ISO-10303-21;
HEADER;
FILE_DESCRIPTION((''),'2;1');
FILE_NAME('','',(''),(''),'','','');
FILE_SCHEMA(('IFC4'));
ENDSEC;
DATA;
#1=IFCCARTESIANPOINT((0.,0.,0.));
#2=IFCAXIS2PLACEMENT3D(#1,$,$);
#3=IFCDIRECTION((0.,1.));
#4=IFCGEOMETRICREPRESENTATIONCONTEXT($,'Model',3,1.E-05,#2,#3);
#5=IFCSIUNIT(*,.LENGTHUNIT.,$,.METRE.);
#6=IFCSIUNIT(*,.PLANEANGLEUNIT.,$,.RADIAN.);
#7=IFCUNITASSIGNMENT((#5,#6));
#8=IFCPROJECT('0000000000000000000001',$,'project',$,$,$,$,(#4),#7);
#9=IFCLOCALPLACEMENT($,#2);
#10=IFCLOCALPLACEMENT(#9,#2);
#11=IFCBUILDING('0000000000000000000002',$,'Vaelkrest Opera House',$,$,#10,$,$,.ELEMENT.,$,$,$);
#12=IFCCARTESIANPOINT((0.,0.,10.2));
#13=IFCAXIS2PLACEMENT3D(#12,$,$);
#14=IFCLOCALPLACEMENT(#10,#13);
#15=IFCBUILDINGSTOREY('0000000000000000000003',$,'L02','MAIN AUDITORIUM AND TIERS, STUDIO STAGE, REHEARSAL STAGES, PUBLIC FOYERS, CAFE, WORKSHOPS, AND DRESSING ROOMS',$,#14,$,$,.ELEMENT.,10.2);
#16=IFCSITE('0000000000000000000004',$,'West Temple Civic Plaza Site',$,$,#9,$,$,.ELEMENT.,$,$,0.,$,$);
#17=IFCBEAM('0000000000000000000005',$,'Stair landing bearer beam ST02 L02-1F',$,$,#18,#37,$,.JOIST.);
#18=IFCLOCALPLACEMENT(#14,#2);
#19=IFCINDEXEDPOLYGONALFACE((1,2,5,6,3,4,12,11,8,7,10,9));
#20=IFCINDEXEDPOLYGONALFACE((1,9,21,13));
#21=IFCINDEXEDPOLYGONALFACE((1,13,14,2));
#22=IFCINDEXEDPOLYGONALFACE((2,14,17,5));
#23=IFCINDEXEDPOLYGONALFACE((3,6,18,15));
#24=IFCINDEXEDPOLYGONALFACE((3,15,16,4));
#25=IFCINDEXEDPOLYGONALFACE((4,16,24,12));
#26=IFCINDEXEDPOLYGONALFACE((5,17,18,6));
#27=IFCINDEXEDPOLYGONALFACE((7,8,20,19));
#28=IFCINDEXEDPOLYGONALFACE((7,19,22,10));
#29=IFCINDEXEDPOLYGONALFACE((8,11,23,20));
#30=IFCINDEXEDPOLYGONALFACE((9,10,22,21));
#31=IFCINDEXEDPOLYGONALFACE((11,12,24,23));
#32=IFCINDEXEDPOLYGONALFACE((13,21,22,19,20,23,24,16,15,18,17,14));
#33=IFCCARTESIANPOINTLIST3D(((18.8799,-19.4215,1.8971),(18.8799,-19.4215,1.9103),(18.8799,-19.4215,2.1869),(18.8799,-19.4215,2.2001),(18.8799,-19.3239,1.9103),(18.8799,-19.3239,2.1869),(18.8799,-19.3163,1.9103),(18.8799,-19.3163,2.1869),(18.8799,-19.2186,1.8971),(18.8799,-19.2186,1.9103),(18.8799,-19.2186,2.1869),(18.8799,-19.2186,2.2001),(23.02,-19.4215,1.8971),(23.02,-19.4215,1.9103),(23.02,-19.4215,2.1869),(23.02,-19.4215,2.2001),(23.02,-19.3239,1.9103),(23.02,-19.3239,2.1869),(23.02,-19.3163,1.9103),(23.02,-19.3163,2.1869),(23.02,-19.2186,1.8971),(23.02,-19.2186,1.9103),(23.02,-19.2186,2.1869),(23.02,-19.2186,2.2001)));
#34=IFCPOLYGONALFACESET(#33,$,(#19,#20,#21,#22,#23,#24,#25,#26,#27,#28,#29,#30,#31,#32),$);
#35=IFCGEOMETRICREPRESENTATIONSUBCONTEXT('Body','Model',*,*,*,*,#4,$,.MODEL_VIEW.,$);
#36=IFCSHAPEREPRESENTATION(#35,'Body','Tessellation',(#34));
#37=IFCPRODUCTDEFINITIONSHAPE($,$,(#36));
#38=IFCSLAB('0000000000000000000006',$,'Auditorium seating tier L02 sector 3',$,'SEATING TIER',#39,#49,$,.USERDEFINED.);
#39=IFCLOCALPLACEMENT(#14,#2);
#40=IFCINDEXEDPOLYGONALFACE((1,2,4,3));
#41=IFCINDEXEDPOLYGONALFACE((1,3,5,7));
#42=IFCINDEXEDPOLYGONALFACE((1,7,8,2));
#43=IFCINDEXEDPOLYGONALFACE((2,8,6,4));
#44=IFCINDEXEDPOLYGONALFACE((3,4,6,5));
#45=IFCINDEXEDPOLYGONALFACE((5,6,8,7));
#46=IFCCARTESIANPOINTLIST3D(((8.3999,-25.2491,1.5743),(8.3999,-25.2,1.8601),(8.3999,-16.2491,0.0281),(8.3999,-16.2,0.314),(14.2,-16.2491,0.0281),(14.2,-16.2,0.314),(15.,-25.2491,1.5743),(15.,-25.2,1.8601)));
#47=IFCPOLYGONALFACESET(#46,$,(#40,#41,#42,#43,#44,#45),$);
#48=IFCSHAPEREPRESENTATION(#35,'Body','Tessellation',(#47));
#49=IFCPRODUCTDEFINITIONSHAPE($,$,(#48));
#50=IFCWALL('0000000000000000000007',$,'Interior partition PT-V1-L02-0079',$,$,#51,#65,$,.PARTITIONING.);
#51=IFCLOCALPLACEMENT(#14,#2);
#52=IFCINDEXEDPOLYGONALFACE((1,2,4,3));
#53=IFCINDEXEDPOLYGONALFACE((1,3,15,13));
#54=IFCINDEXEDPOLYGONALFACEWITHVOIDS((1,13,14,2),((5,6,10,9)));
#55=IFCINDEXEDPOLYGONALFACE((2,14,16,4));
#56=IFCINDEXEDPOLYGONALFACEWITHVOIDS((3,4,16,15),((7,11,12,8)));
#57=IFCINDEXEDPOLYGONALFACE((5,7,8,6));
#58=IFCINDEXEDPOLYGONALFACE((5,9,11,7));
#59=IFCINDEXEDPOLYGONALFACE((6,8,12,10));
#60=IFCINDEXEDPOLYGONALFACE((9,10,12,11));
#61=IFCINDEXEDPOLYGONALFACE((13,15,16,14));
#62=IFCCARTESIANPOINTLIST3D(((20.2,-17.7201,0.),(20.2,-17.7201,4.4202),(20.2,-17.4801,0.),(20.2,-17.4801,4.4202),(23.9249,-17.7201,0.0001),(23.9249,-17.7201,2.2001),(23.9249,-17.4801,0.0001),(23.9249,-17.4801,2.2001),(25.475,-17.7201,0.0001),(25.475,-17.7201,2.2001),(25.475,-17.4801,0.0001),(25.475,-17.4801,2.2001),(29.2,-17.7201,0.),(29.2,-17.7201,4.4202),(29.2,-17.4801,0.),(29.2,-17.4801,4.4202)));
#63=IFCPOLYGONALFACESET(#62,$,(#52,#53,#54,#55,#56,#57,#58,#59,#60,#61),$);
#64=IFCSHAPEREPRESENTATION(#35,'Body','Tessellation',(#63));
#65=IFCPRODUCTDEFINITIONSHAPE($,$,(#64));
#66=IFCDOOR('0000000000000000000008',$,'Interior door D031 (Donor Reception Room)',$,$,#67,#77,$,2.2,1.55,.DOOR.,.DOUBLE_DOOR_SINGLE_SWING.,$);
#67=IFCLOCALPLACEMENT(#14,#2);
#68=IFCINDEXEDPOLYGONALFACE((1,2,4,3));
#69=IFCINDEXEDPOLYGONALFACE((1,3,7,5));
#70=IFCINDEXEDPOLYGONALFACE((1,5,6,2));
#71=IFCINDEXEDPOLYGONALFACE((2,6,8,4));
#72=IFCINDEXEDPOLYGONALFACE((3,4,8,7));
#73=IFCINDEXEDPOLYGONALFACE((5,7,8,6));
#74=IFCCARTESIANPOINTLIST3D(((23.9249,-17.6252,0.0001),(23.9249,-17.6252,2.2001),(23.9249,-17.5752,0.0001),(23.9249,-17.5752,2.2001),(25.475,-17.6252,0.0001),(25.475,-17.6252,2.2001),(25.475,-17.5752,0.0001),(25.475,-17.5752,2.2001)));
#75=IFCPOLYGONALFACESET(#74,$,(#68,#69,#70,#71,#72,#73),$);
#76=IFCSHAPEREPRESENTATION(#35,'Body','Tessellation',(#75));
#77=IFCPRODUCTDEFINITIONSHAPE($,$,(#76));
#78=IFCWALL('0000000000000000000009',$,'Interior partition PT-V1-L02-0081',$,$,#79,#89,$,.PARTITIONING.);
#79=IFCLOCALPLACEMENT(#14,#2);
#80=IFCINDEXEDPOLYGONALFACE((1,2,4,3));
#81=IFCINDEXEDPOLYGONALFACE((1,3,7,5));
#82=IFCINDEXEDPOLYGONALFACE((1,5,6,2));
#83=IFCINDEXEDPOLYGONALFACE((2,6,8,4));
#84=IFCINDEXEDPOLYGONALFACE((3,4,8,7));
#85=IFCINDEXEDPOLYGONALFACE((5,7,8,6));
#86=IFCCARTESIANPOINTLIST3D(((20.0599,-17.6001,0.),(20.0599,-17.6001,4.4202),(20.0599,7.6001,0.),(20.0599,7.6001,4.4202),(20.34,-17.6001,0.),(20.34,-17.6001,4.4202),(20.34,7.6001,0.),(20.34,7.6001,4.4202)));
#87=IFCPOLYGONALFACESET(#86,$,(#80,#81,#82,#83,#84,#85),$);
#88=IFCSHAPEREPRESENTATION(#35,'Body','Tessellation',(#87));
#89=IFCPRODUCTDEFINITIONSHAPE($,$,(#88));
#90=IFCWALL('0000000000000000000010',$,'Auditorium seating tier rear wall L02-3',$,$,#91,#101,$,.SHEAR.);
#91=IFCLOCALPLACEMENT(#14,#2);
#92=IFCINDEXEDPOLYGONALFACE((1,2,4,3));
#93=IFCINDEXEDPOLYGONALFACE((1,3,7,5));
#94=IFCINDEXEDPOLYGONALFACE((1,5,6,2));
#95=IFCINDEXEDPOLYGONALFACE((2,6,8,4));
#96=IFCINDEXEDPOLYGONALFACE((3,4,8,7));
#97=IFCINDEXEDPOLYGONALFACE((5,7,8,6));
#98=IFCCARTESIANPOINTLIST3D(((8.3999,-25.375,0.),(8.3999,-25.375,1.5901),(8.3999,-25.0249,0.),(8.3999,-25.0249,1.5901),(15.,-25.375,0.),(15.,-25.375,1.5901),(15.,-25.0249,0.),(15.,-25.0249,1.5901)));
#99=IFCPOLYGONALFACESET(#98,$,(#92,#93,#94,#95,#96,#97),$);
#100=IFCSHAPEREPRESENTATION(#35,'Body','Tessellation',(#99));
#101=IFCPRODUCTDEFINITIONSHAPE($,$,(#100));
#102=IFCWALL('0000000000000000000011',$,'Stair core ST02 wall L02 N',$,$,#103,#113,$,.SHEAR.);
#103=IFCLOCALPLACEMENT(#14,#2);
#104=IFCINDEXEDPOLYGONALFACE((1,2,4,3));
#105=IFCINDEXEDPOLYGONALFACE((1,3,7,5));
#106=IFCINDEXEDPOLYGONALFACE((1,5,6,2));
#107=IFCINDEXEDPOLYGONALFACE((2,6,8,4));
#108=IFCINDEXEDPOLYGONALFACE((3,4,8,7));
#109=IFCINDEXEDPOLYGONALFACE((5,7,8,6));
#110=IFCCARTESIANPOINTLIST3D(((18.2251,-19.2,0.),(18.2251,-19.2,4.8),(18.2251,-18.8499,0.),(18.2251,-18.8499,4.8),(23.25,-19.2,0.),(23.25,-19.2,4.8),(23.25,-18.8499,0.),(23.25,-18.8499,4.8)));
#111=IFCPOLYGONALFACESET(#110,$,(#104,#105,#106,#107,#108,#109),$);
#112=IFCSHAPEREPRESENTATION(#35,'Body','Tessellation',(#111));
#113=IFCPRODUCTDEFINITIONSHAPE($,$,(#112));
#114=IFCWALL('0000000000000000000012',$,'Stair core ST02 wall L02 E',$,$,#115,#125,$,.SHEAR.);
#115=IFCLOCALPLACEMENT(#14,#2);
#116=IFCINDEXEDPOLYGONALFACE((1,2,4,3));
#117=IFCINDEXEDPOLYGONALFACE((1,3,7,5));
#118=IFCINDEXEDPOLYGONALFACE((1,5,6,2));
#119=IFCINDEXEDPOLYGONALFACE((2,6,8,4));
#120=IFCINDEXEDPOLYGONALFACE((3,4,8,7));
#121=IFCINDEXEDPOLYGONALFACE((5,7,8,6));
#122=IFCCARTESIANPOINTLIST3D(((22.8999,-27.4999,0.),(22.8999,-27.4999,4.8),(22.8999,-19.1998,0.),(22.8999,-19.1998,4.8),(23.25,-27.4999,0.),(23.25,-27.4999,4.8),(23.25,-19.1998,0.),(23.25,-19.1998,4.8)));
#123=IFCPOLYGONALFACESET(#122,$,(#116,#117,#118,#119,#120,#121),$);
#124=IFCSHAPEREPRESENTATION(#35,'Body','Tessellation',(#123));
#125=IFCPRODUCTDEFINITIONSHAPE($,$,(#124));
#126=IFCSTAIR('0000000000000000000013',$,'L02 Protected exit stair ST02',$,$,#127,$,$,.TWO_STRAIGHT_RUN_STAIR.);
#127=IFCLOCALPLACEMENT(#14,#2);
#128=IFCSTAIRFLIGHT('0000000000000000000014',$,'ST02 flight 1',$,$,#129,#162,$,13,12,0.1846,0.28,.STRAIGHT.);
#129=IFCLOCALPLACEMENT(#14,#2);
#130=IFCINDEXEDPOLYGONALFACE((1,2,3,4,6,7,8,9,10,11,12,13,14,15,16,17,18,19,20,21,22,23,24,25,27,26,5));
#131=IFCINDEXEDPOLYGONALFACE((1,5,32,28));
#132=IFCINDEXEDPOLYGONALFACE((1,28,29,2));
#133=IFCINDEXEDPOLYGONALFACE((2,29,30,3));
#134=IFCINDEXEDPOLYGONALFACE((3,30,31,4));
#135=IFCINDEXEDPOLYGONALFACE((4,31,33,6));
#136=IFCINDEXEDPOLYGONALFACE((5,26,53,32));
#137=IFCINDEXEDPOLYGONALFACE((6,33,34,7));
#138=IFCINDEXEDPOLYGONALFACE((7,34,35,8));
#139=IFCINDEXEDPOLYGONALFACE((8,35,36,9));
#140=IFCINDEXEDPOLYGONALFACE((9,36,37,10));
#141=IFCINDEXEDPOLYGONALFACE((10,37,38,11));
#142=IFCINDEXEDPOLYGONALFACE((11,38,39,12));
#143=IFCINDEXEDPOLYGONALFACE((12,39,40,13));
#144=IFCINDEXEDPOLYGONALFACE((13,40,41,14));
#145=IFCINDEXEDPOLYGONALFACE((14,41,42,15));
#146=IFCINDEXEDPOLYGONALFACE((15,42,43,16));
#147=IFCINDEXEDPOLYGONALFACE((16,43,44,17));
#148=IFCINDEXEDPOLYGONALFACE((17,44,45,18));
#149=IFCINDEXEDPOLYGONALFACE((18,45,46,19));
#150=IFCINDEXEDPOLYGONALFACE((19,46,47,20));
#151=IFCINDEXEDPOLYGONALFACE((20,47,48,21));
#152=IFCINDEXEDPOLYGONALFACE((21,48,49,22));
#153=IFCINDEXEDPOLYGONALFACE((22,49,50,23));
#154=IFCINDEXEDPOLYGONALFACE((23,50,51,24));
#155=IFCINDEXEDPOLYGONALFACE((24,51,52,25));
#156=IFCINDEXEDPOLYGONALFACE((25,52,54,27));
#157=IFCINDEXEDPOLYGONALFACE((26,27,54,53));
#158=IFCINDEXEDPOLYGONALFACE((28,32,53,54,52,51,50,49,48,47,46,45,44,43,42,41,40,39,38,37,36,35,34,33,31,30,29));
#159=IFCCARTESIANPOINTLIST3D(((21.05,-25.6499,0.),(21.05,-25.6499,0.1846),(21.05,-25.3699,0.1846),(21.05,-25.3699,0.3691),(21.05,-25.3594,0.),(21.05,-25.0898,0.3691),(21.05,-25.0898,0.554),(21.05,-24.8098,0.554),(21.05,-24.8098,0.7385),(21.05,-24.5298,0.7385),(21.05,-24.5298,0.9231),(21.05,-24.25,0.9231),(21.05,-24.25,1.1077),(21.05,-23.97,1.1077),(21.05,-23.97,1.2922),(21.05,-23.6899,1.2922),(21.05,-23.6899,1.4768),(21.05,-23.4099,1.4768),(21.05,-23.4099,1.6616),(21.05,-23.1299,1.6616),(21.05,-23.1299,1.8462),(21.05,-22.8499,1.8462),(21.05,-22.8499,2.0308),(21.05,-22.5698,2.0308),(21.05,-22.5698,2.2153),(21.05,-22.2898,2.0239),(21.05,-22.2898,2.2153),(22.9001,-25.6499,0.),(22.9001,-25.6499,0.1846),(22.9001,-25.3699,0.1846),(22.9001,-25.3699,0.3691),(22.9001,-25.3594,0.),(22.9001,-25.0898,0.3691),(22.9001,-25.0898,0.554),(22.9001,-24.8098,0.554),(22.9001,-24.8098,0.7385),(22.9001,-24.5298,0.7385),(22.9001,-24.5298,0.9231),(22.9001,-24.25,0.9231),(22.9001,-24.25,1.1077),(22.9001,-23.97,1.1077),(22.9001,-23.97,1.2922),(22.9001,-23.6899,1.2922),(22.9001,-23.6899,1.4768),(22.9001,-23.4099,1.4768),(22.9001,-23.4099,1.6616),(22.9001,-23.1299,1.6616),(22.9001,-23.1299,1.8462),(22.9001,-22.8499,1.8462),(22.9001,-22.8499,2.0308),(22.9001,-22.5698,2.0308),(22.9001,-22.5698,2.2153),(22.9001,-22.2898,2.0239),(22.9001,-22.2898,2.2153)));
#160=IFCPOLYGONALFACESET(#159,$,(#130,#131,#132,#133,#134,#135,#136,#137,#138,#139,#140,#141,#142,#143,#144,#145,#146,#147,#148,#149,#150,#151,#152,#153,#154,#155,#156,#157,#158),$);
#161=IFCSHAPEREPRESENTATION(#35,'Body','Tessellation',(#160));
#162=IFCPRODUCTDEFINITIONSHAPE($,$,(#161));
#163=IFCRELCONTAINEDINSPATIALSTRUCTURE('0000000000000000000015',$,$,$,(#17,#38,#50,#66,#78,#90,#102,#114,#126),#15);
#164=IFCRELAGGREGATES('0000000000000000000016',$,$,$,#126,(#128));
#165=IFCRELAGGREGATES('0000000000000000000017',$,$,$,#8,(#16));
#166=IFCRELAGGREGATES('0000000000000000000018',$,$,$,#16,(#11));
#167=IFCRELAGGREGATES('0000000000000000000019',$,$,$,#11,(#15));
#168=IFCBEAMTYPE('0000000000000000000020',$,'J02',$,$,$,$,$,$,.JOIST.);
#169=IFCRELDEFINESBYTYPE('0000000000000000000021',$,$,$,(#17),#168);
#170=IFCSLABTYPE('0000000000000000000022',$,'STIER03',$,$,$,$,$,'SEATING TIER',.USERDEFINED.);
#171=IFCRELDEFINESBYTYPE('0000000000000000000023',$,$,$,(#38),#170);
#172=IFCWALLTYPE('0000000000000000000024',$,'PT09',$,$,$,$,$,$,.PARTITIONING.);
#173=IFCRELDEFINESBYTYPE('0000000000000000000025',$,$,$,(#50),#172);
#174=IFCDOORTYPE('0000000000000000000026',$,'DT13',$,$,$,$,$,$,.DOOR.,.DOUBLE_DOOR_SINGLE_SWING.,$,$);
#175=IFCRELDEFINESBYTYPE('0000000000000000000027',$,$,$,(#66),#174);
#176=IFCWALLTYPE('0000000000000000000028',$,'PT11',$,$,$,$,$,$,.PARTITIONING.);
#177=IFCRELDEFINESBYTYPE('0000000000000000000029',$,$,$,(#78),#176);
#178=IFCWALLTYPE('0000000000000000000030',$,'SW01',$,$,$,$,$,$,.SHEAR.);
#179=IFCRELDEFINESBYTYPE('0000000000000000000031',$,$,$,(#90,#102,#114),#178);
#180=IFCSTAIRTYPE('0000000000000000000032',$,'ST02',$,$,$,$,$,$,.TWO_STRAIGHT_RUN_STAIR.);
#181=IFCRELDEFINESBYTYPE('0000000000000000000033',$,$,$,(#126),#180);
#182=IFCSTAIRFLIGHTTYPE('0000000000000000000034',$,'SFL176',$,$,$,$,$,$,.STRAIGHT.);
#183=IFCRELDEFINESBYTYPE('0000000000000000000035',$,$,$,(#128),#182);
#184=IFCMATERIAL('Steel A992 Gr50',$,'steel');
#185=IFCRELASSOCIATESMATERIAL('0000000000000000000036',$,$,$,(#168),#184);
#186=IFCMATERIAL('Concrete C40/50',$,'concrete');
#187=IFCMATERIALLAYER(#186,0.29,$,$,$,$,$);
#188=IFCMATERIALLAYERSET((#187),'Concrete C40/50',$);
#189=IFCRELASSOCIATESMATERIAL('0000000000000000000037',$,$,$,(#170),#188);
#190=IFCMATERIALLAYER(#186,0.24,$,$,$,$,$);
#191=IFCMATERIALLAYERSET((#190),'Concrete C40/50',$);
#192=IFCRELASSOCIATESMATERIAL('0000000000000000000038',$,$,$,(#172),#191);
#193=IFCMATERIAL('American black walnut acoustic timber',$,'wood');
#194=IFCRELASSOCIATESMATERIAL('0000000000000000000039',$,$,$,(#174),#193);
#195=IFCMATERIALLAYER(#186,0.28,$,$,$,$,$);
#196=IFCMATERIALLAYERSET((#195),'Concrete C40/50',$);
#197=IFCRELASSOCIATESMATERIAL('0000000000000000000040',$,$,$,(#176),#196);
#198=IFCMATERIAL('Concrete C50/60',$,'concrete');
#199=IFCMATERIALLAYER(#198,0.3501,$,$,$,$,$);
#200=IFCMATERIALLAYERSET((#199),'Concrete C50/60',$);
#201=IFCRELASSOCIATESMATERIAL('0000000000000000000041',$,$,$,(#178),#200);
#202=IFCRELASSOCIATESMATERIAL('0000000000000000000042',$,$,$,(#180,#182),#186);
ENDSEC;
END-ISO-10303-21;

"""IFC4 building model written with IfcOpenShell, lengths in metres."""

from ifc_helpers import new_model, si_unit, direction, frame, frame_2d, origin, origin_2d, place, context, subcontext, project, spatial, polyline, rectangle, i_section, outline, extrude, material, layer, layer_set, material_profile, profile_set, type_object, element, fill, aggregate, save


model = new_model("IFC4")

# Units and contexts
model_context = context("Model", 3, precision=1e-05, world=origin(), true_north=direction((0.0, 1.0)))
body_context = subcontext(model_context, "Body", "Model", "MODEL_VIEW")
ifc_project = project(units=[si_unit("LENGTHUNIT", "METRE"), si_unit("PLANEANGLEUNIT", "RADIAN")], contexts=[model_context])

# Site, building, storey
site_placement = place(None, origin())
site = spatial("IfcSite", under=ifc_project, at=site_placement, Name="West Temple Civic Plaza Site", CompositionType="ELEMENT", RefElevation=0.0)
building_placement = place(site_placement, origin())
building = spatial("IfcBuilding", under=site, at=building_placement, Name="Vaelkrest Opera House", CompositionType="ELEMENT")
storey_placement = place(building_placement, frame((0.0, 0.0, 10.2)))
storey = spatial("IfcBuildingStorey", under=building, at=storey_placement, Name="L02", Description="MAIN AUDITORIUM AND TIERS, STUDIO STAGE, REHEARSAL STAGES, PUBLIC FOYERS, CAFE, WORKSHOPS, AND DRESSING ROOMS", CompositionType="ELEMENT", Elevation=10.2)

# Shared definitions
ifc_material_1 = material(Name="Concrete C50/60", Category="concrete")

# Beam
ifc_material_2 = material(Name="Steel A992 Gr50", Category="steel")
ifc_material_profile_1 = material_profile(ifc_material_2, i_section(OverallWidth=0.2029, OverallDepth=0.303, WebThickness=0.0076, FlangeThickness=0.0132, at=origin_2d()), Name="W12X40")
ifc_profile_set_1 = profile_set([ifc_material_profile_1], Name="Steel A992 Gr50")
beam_type_1 = type_object("IfcBeamType", Name="J02", PredefinedType="JOIST", material=ifc_profile_set_1)
for number, where, z_axis, x_axis, name in (
    (1, (18.8799, -19.3201, 2.0486), (1.0, 0.0, 0.0), (0.0, 1.0, 0.0), "Stair landing bearer beam ST02 L02-1F"),
):
    element("IfcBeam", number, at=place(storey_placement, frame(where, z_axis=z_axis, x_axis=x_axis)), inside=storey, type_object=beam_type_1, Name=name, PredefinedType="JOIST", context=body_context, shape_type="SweptSolid", body=[
        extrude(i_section(OverallWidth=0.2029, OverallDepth=0.303, WebThickness=0.0076, FlangeThickness=0.0132, at=origin_2d()), origin(), (0.0, 0.0, 1.0), 4.1401),
    ])

# Slab
ifc_material_3 = material(Name="Concrete C40/50", Category="concrete")
ifc_layer_1 = layer(ifc_material_3, 0.29)
ifc_layer_set_1 = layer_set([ifc_layer_1], Name="Concrete C40/50")
slab_type = type_object("IfcSlabType", Name="STIER03", ElementType="SEATING TIER", PredefinedType="USERDEFINED", material=ifc_layer_set_1)
slab_placement = place(storey_placement, frame((8.3999, -16.2, 0.314), z_axis=(0.0, 0.169313, 0.985562), x_axis=(1.0, 0.0, 0.0)))
element("IfcSlab", 2, at=slab_placement, inside=storey, type_object=slab_type, Name="Auditorium seating tier L02 sector 3", ObjectType="SEATING TIER", PredefinedType="USERDEFINED", context=body_context, shape_type="SweptSolid", body=[
    extrude(outline(polyline([(0.0, 0.0), (5.8, 0.0), (6.6001, -9.1318), (0.0, -9.1318), (0.0, 0.0)])), origin(), (0.0, 0.0, -1.0), 0.29),
])

# Wall, opening, door
ifc_layer_2 = layer(ifc_material_3, 0.24)
ifc_layer_set_2 = layer_set([ifc_layer_2], Name="Concrete C40/50")
wall_type_1 = type_object("IfcWallType", Name="PT09", PredefinedType="PARTITIONING", material=ifc_layer_set_2)
wall_1_placement = place(storey_placement, frame((20.2, -17.6001, 0.0), z_axis=(0.0, 0.0, 1.0), x_axis=(1.0, 0.0, 0.0)))
wall_1 = element("IfcWall", 3, at=wall_1_placement, inside=storey, type_object=wall_type_1, Name="Interior partition PT-V1-L02-0079", PredefinedType="PARTITIONING", context=body_context, shape_type="SweptSolid", body=[
    extrude(rectangle(XDim=9.0, YDim=0.24, at=frame_2d((4.5, 0.0))), origin(), (0.0, 0.0, 1.0), 4.4202),
])
opening_placement = place(wall_1_placement, frame((3.7251, 0.0, 0.0)))
opening = element("IfcOpeningElement", 4, at=opening_placement, cuts=wall_1, PredefinedType="OPENING", context=body_context, shape_type="SweptSolid", body=[
    extrude(rectangle(XDim=1.55, YDim=2.2, at=frame_2d((0.7749, 1.1001))), frame((0.0, 0.1299, 0.0), z_axis=(0.0, -1.0, 0.0), x_axis=(1.0, 0.0, 0.0)), (0.0, 0.0, 1.0), 0.26),
])
ifc_material_4 = material(Name="American black walnut acoustic timber", Category="wood")
door_type = type_object("IfcDoorType", Name="DT13", OperationType="DOUBLE_DOOR_SINGLE_SWING", PredefinedType="DOOR", material=ifc_material_4)
door_placement = place(opening_placement, origin())
door = element("IfcDoor", 5, at=door_placement, inside=storey, type_object=door_type, Name="Interior door D031 (Donor Reception Room)", OperationType="DOUBLE_DOOR_SINGLE_SWING", OverallHeight=2.2, OverallWidth=1.55, PredefinedType="DOOR", context=body_context, shape_type="SweptSolid", body=[
    extrude(rectangle(XDim=1.55, YDim=2.2, at=frame_2d((0.7749, 1.1001))), frame((0.0, 0.0249, 0.0), z_axis=(0.0, -1.0, 0.0), x_axis=(1.0, 0.0, 0.0)), (0.0, 0.0, 1.0), 0.05),
])
fill(opening, door)

# Walls
ifc_layer_3 = layer(ifc_material_3, 0.28)
ifc_layer_set_3 = layer_set([ifc_layer_3], Name="Concrete C40/50")
wall_type_2 = type_object("IfcWallType", Name="PT11", PredefinedType="PARTITIONING", material=ifc_layer_set_3)
wall_2_placement = place(storey_placement, frame((20.2, -17.6001, 0.0), z_axis=(0.0, 0.0, 1.0), x_axis=(0.0, 1.0, 0.0)))
element("IfcWall", 6, at=wall_2_placement, inside=storey, type_object=wall_type_2, Name="Interior partition PT-V1-L02-0081", PredefinedType="PARTITIONING", context=body_context, shape_type="SweptSolid", body=[
    extrude(rectangle(XDim=25.2002, YDim=0.28, at=frame_2d((12.6001, 0.0))), origin(), (0.0, 0.0, 1.0), 4.4202),
])
ifc_layer_4 = layer(ifc_material_1, 0.3501)
ifc_layer_set_4 = layer_set([ifc_layer_4], Name="Concrete C50/60")
wall_type_3 = type_object("IfcWallType", Name="SW01", PredefinedType="SHEAR", material=ifc_layer_set_4)
wall_3_placement = place(storey_placement, frame((8.3999, -25.2, 0.0), z_axis=(0.0, 0.0, 1.0), x_axis=(1.0, 0.0, 0.0)))
element("IfcWall", 7, at=wall_3_placement, inside=storey, type_object=wall_type_3, Name="Auditorium seating tier rear wall L02-3", PredefinedType="SHEAR", context=body_context, shape_type="SweptSolid", body=[
    extrude(rectangle(XDim=6.6001, YDim=0.3501, at=frame_2d((3.3, 0.0))), origin(), (0.0, 0.0, 1.0), 1.5901),
])
wall_4_placement = place(storey_placement, frame((18.2251, -19.0249, 0.0), z_axis=(0.0, 0.0, 1.0), x_axis=(1.0, 0.0, 0.0)))
element("IfcWall", 8, at=wall_4_placement, inside=storey, type_object=wall_type_3, Name="Stair core ST02 wall L02 N", PredefinedType="SHEAR", context=body_context, shape_type="SweptSolid", body=[
    extrude(rectangle(XDim=5.0249, YDim=0.3501, at=frame_2d((2.5125, 0.0))), origin(), (0.0, 0.0, 1.0), 4.8),
])
wall_5_placement = place(storey_placement, frame((23.075, -19.2, 0.0), z_axis=(0.0, 0.0, 1.0), x_axis=(0.0, -1.0, 0.0)))
element("IfcWall", 9, at=wall_5_placement, inside=storey, type_object=wall_type_3, Name="Stair core ST02 wall L02 E", PredefinedType="SHEAR", context=body_context, shape_type="SweptSolid", body=[
    extrude(rectangle(XDim=8.3, YDim=0.3501, at=frame_2d((4.1499, 0.0))), origin(), (0.0, 0.0, 1.0), 4.8),
])

# Stair, stair flight
stair_type = type_object("IfcStairType", Name="ST02", PredefinedType="TWO_STRAIGHT_RUN_STAIR", material=ifc_material_3)
stair_placement = place(storey_placement, origin())
stair = element("IfcStair", 10, at=stair_placement, inside=storey, type_object=stair_type, Name="L02 Protected exit stair ST02", PredefinedType="TWO_STRAIGHT_RUN_STAIR")
stair_flight_type = type_object("IfcStairFlightType", Name="SFL176", PredefinedType="STRAIGHT", material=ifc_material_3)
stair_flight_1_placement = place(storey_placement, frame((21.9751, -25.6499, 0.0), z_axis=(0.0, 0.0, 1.0), x_axis=(0.0, 1.0, 0.0)))
stair_flight_1 = element("IfcStairFlight", 11, at=stair_flight_1_placement, type_object=stair_flight_type, Name="ST02 flight 1", NumberOfRisers=13, NumberOfTreads=12, PredefinedType="STRAIGHT", RiserHeight=0.1846, TreadLength=0.28, context=body_context, shape_type="SweptSolid", body=[
    extrude(outline(polyline([(0.0, 0.0), (0.0, 0.1846), (0.28, 0.1846), (0.28, 0.3691), (0.5601, 0.3691), (0.5601, 0.554), (0.8401, 0.554), (0.8401, 0.7385), (1.1201, 0.7385), (1.1201, 0.9231), (1.3999, 0.9231), (1.3999, 1.1077), (1.6799, 1.1077), (1.6799, 1.2922), (1.96, 1.2922), (1.96, 1.4768), (2.24, 1.4768), (2.24, 1.6616), (2.52, 1.6616), (2.52, 1.8462), (2.8, 1.8462), (2.8, 2.0308), (3.0801, 2.0308), (3.0801, 2.2153), (3.3601, 2.2153), (3.3601, 2.3999), (3.3601, 2.0239), (0.2905, 0.0), (0.0, 0.0)])), frame((0.0, 0.925, 0.0), z_axis=(0.0, -1.0, 0.0), x_axis=(1.0, 0.0, 0.0)), (0.0, 0.0, 1.0), 1.8501),
])
aggregate(stair, [stair_flight_1])

save(model, "model.ifc")
